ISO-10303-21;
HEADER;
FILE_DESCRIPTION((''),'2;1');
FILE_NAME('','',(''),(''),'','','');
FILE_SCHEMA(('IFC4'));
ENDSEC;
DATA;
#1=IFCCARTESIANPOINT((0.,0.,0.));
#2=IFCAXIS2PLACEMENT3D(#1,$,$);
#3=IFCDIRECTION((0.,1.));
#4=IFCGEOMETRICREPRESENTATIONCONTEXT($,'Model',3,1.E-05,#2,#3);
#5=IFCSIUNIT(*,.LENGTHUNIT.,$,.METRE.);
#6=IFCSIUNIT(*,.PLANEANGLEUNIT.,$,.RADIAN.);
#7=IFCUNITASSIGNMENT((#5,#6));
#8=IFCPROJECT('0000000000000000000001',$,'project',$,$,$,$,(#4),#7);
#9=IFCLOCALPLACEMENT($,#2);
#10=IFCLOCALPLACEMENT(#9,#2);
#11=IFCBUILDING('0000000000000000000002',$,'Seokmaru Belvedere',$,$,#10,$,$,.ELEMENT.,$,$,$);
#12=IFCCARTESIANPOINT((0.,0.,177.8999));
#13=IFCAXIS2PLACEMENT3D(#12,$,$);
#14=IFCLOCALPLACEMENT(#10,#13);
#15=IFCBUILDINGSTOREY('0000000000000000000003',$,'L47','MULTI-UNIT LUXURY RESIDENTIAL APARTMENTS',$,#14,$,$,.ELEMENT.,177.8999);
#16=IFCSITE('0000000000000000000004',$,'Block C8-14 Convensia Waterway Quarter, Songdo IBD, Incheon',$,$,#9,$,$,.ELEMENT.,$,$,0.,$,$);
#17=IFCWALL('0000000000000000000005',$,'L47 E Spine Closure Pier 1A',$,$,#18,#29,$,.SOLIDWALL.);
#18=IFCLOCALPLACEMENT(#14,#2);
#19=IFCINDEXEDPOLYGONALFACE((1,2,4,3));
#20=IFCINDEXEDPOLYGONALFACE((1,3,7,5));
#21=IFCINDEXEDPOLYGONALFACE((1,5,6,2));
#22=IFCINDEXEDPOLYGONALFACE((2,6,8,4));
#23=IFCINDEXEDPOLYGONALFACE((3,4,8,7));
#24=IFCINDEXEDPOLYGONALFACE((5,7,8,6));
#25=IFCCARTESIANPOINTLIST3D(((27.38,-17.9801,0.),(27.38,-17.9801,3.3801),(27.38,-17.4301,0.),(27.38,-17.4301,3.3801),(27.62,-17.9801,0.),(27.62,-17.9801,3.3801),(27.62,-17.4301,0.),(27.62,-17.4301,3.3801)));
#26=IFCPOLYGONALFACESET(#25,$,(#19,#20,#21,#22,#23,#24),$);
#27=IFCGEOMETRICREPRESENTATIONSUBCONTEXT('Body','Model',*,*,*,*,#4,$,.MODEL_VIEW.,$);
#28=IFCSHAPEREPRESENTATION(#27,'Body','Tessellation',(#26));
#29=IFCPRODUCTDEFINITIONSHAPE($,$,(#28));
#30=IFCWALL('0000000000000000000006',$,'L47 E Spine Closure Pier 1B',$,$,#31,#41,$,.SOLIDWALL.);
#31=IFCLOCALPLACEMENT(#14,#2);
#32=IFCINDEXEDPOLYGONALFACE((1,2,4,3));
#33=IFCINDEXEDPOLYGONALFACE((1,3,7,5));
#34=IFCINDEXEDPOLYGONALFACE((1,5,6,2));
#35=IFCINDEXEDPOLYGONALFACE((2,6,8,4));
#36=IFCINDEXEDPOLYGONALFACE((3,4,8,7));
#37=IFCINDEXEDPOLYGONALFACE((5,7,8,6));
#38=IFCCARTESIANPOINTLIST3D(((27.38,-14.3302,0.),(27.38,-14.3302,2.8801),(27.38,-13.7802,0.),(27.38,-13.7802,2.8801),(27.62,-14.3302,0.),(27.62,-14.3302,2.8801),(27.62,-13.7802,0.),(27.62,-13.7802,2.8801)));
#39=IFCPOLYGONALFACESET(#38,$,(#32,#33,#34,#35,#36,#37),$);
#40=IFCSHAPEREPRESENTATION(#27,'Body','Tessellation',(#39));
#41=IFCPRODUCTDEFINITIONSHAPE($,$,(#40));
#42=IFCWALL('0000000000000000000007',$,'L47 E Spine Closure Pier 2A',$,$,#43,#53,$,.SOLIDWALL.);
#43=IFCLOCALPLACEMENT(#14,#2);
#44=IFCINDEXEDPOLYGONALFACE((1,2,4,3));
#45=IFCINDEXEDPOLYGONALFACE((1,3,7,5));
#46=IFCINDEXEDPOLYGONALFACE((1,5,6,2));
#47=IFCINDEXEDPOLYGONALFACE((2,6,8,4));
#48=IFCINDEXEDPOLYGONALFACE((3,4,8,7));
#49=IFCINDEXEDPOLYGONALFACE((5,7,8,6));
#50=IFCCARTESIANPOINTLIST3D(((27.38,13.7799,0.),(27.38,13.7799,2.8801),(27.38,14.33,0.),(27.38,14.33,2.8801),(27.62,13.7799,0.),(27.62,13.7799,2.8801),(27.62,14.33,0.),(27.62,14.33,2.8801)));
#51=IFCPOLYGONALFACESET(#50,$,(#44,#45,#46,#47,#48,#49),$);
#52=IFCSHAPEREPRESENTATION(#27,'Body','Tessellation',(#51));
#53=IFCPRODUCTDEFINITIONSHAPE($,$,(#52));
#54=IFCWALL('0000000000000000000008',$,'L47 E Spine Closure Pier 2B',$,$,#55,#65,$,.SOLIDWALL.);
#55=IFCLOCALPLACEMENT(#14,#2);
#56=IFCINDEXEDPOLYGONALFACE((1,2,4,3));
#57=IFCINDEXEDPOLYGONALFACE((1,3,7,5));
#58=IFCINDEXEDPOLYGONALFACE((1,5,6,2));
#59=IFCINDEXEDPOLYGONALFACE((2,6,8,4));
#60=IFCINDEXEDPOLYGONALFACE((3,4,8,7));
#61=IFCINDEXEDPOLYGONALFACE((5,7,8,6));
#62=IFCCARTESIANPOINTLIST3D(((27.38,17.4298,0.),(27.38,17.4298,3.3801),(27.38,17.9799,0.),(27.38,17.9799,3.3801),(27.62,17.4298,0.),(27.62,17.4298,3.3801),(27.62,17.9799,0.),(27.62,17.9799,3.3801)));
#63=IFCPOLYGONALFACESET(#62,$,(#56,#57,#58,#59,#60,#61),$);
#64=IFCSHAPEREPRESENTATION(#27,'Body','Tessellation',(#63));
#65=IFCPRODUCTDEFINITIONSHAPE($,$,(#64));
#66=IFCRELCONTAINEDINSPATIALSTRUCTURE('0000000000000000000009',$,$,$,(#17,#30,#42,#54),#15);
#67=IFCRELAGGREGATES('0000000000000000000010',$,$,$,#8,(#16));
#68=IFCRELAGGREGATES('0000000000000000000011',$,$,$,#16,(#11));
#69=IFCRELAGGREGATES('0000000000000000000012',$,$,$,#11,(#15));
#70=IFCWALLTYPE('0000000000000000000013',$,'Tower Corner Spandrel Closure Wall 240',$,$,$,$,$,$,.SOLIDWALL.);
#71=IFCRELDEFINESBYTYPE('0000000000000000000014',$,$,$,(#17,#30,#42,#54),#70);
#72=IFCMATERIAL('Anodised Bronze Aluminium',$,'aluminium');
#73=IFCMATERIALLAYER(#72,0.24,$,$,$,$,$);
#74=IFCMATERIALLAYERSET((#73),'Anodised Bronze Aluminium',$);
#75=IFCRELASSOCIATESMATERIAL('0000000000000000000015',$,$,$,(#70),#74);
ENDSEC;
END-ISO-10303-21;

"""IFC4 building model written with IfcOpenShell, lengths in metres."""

from ifc_helpers import new_model, si_unit, direction, frame, frame_2d, origin, place, context, subcontext, project, spatial, rectangle, extrude, material, layer, layer_set, type_object, element, save


model = new_model("IFC4")

# Units and contexts
model_context = context("Model", 3, precision=1e-05, world=origin(), true_north=direction((0.0, 1.0)))
body_context = subcontext(model_context, "Body", "Model", "MODEL_VIEW")
ifc_project = project(units=[si_unit("LENGTHUNIT", "METRE"), si_unit("PLANEANGLEUNIT", "RADIAN")], contexts=[model_context])

# Site, building, storey
site_placement = place(None, origin())
site = spatial("IfcSite", under=ifc_project, at=site_placement, Name="Block C8-14 Convensia Waterway Quarter, Songdo IBD, Incheon", CompositionType="ELEMENT", RefElevation=0.0)
building_placement = place(site_placement, origin())
building = spatial("IfcBuilding", under=site, at=building_placement, Name="Seokmaru Belvedere", CompositionType="ELEMENT")
storey_placement = place(building_placement, frame((0.0, 0.0, 177.8999)))
storey = spatial("IfcBuildingStorey", under=building, at=storey_placement, Name="L47", Description="MULTI-UNIT LUXURY RESIDENTIAL APARTMENTS", CompositionType="ELEMENT", Elevation=177.8999)

# Shared definitions
ifc_material_1 = material(Name="Anodised Bronze Aluminium", Category="aluminium")

# Walls
ifc_layer_1 = layer(ifc_material_1, 0.24)
ifc_layer_set_1 = layer_set([ifc_layer_1], Name="Anodised Bronze Aluminium")
wall_type_1 = type_object("IfcWallType", Name="Tower Corner Spandrel Closure Wall 240", PredefinedType="SOLIDWALL", material=ifc_layer_set_1)
wall_1_placement = place(storey_placement, frame((27.5, -17.98, 0.0), z_axis=(0.0, 0.0, 1.0), x_axis=(0.0, 1.0, 0.0)))
element("IfcWall", 1, at=wall_1_placement, inside=storey, type_object=wall_type_1, Name="L47 E Spine Closure Pier 1A", PredefinedType="SOLIDWALL", context=body_context, shape_type="SweptSolid", body=[
    extrude(rectangle(XDim=0.55, YDim=0.24, at=frame_2d((0.2749, 0.0))), origin(), (0.0, 0.0, 1.0), 3.3801),
])
for number, where, z_axis, x_axis, name in (
    (2, (27.5, -14.3301, 0.0), (0.0, 0.0, 1.0), (0.0, 1.0, 0.0), "L47 E Spine Closure Pier 1B"),
    (3, (27.5, 13.78, 0.0), (0.0, 0.0, 1.0), (0.0, 1.0, 0.0), "L47 E Spine Closure Pier 2A"),
):
    element("IfcWall", number, at=place(storey_placement, frame(where, z_axis=z_axis, x_axis=x_axis)), inside=storey, type_object=wall_type_1, Name=name, PredefinedType="SOLIDWALL", context=body_context, shape_type="SweptSolid", body=[
        extrude(rectangle(XDim=0.55, YDim=0.24, at=frame_2d((0.2749, 0.0))), origin(), (0.0, 0.0, 1.0), 2.8801),
    ])
wall_2_placement = place(storey_placement, frame((27.5, 17.4299, 0.0), z_axis=(0.0, 0.0, 1.0), x_axis=(0.0, 1.0, 0.0)))
element("IfcWall", 4, at=wall_2_placement, inside=storey, type_object=wall_type_1, Name="L47 E Spine Closure Pier 2B", PredefinedType="SOLIDWALL", context=body_context, shape_type="SweptSolid", body=[
    extrude(rectangle(XDim=0.55, YDim=0.24, at=frame_2d((0.2749, 0.0))), origin(), (0.0, 0.0, 1.0), 3.3801),
])

save(model, "model.ifc")
